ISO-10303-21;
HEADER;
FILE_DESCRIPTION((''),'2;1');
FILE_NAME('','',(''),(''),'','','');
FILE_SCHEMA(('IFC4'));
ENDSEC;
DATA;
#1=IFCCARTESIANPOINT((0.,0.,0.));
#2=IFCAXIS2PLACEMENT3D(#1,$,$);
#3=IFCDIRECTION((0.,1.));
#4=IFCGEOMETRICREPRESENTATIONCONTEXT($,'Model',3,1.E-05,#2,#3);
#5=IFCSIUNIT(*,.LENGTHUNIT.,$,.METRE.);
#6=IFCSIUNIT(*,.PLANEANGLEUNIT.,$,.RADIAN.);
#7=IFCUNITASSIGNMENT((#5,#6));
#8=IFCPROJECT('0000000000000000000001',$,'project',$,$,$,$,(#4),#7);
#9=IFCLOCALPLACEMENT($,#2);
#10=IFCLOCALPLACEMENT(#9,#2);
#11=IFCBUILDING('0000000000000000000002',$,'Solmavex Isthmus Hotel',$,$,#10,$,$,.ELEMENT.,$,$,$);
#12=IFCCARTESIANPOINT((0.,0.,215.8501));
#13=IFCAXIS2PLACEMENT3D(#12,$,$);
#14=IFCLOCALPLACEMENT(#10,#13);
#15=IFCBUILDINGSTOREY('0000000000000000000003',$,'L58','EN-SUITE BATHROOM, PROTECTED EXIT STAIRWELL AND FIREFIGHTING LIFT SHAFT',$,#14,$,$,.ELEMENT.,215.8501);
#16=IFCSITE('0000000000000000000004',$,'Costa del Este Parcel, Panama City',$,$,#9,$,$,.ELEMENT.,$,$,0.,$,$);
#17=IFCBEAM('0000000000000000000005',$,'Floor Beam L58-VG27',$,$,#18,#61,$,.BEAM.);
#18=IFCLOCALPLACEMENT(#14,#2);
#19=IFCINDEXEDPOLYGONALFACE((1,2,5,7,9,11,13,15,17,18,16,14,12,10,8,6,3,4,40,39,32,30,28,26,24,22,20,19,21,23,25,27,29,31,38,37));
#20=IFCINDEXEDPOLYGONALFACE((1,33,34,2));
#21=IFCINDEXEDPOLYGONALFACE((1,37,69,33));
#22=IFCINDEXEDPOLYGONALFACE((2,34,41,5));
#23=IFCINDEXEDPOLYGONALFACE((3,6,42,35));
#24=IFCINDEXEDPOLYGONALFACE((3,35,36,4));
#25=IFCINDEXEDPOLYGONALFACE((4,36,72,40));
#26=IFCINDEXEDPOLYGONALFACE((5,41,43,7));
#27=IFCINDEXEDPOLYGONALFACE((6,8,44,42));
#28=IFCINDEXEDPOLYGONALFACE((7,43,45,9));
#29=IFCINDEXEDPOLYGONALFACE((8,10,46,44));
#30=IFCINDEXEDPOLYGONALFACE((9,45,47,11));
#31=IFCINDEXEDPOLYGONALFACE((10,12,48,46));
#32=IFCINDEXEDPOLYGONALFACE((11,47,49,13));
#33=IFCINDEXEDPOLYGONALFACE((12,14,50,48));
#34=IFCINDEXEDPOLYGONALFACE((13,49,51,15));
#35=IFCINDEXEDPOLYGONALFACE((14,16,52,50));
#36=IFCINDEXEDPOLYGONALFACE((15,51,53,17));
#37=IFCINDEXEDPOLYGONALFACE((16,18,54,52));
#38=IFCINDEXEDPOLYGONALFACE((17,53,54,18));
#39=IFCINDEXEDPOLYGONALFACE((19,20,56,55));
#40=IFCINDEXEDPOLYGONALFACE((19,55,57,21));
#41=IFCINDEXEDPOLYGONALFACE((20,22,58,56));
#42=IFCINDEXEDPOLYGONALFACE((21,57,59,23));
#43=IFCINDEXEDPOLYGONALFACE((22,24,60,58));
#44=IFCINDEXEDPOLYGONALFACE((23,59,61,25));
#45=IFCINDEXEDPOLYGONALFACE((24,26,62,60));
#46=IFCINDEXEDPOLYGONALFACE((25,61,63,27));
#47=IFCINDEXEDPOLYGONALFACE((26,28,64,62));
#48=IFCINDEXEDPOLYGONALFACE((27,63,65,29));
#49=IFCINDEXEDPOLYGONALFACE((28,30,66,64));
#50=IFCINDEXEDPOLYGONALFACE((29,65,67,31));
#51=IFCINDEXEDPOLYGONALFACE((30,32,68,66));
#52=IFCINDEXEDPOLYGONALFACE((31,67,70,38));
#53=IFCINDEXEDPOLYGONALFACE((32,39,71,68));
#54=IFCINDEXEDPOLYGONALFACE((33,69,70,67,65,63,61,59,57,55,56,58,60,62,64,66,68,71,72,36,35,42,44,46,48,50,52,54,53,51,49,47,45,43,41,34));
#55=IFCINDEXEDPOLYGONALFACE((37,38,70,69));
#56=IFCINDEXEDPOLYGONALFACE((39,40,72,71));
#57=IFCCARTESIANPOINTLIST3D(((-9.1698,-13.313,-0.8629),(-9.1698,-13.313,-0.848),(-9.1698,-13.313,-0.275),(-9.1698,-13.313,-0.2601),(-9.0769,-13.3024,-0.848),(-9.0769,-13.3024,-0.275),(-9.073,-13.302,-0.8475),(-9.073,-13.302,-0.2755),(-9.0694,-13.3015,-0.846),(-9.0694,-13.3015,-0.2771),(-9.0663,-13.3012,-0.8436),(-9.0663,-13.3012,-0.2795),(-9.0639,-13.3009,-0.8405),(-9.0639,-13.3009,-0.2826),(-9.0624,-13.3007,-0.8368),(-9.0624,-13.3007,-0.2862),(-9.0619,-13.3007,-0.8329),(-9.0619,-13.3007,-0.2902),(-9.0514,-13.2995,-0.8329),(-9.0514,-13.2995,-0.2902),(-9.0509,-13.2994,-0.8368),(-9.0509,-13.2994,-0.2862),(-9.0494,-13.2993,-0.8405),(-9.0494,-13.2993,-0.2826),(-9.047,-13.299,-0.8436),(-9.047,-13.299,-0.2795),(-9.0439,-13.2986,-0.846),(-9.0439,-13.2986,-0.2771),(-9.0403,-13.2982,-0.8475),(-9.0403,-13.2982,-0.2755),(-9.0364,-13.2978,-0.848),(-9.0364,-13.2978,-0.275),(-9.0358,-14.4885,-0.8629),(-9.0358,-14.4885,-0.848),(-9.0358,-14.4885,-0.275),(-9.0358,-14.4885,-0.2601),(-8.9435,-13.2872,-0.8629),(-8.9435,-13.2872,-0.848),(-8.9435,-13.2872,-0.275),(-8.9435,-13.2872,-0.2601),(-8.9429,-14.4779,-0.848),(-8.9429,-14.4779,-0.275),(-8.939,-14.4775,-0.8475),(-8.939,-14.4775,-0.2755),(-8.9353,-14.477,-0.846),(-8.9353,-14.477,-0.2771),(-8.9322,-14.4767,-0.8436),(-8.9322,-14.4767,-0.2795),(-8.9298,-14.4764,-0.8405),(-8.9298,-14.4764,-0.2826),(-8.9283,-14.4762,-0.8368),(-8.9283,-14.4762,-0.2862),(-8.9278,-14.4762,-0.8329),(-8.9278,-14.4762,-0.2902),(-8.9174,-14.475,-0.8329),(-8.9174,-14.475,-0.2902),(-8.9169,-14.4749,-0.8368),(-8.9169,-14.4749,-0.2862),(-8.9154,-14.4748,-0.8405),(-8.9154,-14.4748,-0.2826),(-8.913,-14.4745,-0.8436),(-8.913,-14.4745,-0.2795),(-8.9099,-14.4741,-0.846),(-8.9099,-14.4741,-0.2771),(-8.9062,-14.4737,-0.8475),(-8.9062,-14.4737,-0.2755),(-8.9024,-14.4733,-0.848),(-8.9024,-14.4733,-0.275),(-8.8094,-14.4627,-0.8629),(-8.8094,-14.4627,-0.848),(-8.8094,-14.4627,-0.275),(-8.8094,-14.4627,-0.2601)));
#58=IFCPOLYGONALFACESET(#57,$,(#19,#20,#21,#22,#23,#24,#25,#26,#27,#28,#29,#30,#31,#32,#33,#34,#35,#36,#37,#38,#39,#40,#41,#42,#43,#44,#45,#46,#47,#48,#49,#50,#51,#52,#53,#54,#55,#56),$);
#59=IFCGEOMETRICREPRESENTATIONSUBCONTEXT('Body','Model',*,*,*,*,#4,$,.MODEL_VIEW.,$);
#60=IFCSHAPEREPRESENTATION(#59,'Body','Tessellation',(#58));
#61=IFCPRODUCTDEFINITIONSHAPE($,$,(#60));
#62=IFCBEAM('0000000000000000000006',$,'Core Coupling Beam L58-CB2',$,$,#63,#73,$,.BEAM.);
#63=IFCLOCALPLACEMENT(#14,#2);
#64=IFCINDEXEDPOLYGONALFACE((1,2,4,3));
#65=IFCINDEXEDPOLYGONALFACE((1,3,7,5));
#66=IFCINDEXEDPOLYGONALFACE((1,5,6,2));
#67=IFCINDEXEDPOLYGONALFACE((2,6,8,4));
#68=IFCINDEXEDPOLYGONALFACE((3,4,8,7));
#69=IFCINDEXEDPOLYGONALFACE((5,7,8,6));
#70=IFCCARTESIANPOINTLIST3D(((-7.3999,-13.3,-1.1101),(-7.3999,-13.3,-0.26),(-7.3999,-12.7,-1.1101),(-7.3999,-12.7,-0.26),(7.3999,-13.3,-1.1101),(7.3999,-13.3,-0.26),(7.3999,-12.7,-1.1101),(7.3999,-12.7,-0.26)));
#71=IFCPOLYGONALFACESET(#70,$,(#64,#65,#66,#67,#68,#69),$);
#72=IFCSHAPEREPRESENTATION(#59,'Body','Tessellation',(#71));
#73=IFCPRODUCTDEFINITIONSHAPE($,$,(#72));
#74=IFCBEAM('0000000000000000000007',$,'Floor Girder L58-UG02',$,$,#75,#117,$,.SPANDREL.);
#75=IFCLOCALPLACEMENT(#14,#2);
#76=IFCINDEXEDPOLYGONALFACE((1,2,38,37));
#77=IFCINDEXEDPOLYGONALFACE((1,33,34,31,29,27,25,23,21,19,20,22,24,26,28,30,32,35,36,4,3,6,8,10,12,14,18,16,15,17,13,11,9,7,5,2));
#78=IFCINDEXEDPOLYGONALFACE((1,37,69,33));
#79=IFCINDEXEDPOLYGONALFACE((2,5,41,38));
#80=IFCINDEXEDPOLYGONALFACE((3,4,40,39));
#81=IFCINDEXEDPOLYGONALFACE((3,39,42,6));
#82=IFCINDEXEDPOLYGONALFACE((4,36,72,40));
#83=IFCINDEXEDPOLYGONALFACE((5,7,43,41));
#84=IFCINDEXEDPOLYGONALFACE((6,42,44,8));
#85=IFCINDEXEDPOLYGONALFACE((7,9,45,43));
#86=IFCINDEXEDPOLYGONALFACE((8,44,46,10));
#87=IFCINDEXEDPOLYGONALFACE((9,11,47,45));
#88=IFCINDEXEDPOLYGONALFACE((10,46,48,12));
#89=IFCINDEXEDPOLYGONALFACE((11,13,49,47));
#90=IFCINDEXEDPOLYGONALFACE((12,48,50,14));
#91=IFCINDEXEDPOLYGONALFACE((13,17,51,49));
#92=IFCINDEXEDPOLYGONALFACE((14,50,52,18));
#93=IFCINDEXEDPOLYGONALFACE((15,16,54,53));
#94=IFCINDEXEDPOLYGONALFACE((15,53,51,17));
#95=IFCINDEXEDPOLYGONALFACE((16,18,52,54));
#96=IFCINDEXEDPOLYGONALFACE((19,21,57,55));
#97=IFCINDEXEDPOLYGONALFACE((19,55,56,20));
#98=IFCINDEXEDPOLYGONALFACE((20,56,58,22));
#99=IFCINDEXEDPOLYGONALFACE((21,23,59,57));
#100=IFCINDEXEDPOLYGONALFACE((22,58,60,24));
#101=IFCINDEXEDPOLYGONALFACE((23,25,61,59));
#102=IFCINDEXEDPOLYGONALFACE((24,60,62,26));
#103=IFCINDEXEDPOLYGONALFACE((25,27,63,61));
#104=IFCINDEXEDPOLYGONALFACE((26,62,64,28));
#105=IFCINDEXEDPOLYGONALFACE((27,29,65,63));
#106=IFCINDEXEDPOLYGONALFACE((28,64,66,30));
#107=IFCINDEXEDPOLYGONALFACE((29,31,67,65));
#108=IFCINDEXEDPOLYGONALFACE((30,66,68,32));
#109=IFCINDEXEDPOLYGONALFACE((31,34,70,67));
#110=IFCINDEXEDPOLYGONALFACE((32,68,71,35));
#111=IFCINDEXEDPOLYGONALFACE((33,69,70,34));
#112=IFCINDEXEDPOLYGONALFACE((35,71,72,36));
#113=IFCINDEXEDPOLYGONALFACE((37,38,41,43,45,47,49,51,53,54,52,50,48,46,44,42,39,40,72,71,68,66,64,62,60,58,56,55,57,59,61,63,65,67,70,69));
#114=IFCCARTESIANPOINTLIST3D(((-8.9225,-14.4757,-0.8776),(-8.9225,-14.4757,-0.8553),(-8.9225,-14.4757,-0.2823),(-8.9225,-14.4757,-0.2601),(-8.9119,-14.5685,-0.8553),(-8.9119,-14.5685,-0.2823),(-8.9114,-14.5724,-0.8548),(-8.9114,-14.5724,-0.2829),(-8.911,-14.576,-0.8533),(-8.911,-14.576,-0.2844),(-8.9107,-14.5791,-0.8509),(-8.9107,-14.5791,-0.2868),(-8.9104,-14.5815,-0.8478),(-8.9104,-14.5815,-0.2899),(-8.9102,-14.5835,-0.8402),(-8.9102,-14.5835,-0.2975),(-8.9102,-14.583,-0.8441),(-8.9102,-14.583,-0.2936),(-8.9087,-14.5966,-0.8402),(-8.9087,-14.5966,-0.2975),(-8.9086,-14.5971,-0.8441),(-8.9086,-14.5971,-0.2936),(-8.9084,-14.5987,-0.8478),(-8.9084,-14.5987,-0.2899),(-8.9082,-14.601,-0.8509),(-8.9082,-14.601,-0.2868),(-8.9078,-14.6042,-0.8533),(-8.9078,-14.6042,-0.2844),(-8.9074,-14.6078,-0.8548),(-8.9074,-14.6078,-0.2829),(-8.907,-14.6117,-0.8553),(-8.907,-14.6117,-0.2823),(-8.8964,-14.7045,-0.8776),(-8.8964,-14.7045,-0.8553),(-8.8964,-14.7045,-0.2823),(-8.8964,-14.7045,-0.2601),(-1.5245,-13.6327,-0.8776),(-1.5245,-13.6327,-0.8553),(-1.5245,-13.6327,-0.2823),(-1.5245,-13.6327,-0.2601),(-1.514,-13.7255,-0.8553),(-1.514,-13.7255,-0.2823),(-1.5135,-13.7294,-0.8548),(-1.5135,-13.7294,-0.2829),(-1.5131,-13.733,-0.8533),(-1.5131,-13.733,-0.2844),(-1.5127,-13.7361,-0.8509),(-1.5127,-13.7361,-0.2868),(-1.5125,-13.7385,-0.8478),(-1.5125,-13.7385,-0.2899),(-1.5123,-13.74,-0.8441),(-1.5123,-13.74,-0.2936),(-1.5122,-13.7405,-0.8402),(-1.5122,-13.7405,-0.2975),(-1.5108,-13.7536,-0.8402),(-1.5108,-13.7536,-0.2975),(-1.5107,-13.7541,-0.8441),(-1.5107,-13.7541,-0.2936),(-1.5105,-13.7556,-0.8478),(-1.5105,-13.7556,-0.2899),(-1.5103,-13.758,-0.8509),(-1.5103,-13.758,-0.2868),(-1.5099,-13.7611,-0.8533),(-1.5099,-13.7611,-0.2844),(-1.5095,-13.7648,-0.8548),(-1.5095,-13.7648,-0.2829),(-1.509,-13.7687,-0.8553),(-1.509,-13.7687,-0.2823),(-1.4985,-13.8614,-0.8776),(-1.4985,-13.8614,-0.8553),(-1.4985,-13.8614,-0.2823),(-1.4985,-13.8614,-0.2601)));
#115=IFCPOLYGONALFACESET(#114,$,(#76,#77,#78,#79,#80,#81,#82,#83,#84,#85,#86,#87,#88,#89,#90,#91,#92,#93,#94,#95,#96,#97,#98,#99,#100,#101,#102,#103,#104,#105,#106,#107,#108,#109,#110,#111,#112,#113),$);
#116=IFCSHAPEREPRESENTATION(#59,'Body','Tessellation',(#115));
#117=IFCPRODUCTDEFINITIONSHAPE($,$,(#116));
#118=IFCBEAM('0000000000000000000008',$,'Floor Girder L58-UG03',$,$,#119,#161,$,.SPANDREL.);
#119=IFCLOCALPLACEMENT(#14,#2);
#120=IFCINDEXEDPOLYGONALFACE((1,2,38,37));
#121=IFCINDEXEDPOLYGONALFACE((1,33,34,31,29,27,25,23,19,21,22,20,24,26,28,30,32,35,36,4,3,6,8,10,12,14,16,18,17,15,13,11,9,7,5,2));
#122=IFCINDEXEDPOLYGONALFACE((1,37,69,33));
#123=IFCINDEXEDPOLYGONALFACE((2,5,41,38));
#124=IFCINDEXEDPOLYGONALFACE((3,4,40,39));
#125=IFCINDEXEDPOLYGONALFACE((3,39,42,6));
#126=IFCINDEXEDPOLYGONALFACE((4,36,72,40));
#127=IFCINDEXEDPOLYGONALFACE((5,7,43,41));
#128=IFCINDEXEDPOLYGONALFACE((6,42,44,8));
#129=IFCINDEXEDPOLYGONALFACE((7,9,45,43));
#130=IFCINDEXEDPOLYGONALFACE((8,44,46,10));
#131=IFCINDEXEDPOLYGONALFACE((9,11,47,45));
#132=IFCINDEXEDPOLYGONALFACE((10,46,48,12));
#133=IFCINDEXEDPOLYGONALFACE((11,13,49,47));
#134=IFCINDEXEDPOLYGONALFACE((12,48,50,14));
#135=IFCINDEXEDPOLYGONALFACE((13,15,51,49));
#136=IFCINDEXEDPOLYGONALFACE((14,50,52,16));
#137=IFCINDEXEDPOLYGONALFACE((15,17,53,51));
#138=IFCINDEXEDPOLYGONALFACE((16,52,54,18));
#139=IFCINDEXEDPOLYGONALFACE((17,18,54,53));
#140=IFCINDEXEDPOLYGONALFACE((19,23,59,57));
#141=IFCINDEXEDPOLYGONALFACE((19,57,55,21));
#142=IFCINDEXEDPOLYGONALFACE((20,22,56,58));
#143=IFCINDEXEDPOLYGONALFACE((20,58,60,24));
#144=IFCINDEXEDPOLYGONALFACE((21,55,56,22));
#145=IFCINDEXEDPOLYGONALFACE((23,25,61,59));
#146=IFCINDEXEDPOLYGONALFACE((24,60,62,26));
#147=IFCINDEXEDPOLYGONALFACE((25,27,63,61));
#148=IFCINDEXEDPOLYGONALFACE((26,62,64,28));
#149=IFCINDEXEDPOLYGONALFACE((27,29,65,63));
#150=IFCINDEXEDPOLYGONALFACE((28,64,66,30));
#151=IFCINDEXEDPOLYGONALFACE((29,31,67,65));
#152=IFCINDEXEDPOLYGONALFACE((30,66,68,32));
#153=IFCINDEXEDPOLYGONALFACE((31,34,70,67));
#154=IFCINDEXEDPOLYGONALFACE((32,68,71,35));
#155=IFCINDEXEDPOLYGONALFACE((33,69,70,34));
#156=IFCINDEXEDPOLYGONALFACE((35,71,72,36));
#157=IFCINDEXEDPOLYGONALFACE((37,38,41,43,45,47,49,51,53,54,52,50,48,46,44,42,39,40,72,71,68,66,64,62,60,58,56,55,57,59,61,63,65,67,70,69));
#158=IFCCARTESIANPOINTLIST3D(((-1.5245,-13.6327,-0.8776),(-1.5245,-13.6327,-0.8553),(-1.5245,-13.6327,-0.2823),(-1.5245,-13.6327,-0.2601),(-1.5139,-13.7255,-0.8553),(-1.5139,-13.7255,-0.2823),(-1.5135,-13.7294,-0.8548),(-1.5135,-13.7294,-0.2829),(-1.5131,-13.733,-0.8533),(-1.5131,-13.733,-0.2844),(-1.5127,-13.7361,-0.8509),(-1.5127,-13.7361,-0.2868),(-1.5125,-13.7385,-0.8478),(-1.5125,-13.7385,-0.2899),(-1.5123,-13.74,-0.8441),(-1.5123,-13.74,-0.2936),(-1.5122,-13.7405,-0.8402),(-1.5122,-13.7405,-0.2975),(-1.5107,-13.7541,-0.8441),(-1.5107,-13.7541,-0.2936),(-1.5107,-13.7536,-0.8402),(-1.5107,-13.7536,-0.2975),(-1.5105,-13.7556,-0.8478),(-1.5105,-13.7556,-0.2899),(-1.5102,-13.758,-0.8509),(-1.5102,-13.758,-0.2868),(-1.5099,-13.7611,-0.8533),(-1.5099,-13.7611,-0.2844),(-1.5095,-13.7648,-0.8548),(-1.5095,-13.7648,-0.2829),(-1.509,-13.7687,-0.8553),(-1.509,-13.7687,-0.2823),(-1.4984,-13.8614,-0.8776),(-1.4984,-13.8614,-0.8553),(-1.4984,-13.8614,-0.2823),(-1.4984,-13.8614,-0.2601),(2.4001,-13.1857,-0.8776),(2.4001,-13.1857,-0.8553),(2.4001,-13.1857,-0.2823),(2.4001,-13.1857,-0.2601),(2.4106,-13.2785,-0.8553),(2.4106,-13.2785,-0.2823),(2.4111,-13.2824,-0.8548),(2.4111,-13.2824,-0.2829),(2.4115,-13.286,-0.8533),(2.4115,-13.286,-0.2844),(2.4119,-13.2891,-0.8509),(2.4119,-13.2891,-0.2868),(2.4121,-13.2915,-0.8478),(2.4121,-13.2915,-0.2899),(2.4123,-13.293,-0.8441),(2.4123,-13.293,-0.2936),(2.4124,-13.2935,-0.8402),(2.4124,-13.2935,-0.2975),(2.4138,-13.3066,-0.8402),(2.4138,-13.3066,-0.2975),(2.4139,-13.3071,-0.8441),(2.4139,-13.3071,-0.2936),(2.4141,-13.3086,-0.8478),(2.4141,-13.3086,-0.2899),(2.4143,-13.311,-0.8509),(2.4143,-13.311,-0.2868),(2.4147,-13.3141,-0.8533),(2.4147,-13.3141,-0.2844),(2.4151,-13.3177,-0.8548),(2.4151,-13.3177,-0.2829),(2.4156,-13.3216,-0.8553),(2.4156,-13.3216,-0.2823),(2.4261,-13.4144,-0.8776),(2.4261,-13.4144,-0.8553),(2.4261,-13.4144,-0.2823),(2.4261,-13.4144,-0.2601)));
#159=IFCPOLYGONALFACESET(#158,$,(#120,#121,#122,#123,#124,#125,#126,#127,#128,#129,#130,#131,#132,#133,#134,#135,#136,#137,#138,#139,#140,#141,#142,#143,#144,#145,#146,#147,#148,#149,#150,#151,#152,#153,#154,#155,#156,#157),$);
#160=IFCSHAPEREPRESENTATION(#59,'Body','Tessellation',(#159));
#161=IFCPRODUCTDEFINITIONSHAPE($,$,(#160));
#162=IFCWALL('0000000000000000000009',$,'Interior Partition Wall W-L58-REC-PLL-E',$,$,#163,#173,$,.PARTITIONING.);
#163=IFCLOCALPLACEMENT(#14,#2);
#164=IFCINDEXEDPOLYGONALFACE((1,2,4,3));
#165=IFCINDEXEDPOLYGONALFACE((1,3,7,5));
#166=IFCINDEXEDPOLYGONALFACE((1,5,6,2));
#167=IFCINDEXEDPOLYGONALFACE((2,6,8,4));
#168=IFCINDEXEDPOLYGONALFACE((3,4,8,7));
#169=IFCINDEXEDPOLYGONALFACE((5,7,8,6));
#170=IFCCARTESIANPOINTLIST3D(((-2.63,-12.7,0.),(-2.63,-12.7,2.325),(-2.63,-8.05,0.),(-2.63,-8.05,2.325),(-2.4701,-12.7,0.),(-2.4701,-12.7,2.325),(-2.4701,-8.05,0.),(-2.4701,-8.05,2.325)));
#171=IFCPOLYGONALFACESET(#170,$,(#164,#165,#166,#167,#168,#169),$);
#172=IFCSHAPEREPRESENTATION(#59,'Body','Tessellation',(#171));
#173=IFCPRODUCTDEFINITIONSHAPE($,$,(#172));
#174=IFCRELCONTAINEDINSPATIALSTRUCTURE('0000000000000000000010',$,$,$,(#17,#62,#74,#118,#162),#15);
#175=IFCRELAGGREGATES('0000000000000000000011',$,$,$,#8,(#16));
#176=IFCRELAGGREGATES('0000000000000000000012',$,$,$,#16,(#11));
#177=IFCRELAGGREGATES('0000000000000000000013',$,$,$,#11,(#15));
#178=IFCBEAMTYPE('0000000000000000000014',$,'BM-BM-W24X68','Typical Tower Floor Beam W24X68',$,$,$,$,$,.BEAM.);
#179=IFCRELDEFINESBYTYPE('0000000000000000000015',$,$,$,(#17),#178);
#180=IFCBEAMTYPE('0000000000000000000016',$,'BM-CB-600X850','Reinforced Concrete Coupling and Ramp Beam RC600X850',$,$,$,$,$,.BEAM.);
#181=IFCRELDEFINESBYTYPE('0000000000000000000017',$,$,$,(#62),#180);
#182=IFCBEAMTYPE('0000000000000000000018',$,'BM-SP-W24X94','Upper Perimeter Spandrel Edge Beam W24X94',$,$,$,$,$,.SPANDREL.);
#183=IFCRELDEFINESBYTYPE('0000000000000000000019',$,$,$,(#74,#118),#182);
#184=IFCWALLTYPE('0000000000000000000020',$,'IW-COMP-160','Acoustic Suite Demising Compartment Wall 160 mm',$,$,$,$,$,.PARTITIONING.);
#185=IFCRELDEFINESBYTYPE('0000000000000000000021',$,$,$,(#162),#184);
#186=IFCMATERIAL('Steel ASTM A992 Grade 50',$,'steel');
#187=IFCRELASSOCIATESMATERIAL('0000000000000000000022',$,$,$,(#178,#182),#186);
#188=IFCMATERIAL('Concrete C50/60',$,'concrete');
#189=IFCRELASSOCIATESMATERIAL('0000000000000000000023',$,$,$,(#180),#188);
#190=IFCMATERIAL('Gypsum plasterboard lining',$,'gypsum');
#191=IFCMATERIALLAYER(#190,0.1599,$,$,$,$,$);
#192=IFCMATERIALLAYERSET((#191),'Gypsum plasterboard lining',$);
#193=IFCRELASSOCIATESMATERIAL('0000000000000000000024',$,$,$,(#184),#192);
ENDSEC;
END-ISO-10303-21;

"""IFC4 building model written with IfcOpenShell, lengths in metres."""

from ifc_helpers import new_model, si_unit, direction, frame, frame_2d, origin, origin_2d, place, context, subcontext, project, spatial, rectangle, i_section, extrude, material, layer, layer_set, material_profile, profile_set, type_object, element, save


model = new_model("IFC4")

# Units and contexts
model_context = context("Model", 3, precision=1e-05, world=origin(), true_north=direction((0.0, 1.0)))
body_context = subcontext(model_context, "Body", "Model", "MODEL_VIEW")
ifc_project = project(units=[si_unit("LENGTHUNIT", "METRE"), si_unit("PLANEANGLEUNIT", "RADIAN")], contexts=[model_context])

# Site, building, storey
site_placement = place(None, origin())
site = spatial("IfcSite", under=ifc_project, at=site_placement, Name="Costa del Este Parcel, Panama City", CompositionType="ELEMENT", RefElevation=0.0)
building_placement = place(site_placement, origin())
building = spatial("IfcBuilding", under=site, at=building_placement, Name="Solmavex Isthmus Hotel", CompositionType="ELEMENT")
storey_placement = place(building_placement, frame((0.0, 0.0, 215.8501)))
storey = spatial("IfcBuildingStorey", under=building, at=storey_placement, Name="L58", Description="EN-SUITE BATHROOM, PROTECTED EXIT STAIRWELL AND FIREFIGHTING LIFT SHAFT", CompositionType="ELEMENT", Elevation=215.8501)

# Shared definitions
ifc_material_1 = material(Name="Concrete C50/60", Category="concrete")

# Beams
ifc_material_2 = material(Name="Steel ASTM A992 Grade 50", Category="steel")
ifc_material_profile_1 = material_profile(ifc_material_2, i_section(OverallWidth=0.2278, OverallDepth=0.6028, WebThickness=0.0105, FlangeThickness=0.0149, FilletRadius=0.0151, at=origin_2d()), Name="W24X68")
ifc_profile_set_1 = profile_set([ifc_material_profile_1], Name="Steel ASTM A992 Grade 50")
beam_type_1 = type_object("IfcBeamType", Name="BM-BM-W24X68", Description="Typical Tower Floor Beam W24X68", PredefinedType="BEAM", material=ifc_profile_set_1)
beam_1_placement = place(storey_placement, frame((-8.9226, -14.4756, -0.5615), z_axis=(-0.113285, 0.993563, 0.0), x_axis=(-0.993563, -0.113285, 0.0)))
element("IfcBeam", 1, at=beam_1_placement, inside=storey, type_object=beam_type_1, Name="Floor Beam L58-VG27", PredefinedType="BEAM", context=body_context, shape_type="SweptSolid", body=[
    extrude(i_section(OverallWidth=0.2278, OverallDepth=0.6028, WebThickness=0.0105, FlangeThickness=0.0149, FilletRadius=0.0151, at=origin_2d()), origin(), (0.0, 0.0, 1.0), 1.1831),
])
ifc_material_profile_2 = material_profile(ifc_material_1, rectangle(XDim=0.6001, YDim=0.8501, at=origin_2d()), Name="RC600X850")
ifc_profile_set_2 = profile_set([ifc_material_profile_2], Name="Concrete C50/60")
beam_type_2 = type_object("IfcBeamType", Name="BM-CB-600X850", Description="Reinforced Concrete Coupling and Ramp Beam RC600X850", PredefinedType="BEAM", material=ifc_profile_set_2)
beam_2_placement = place(storey_placement, frame((-7.3999, -13.0, -0.6851), z_axis=(1.0, 0.0, 0.0), x_axis=(0.0, 1.0, 0.0)))
element("IfcBeam", 2, at=beam_2_placement, inside=storey, type_object=beam_type_2, Name="Core Coupling Beam L58-CB2", PredefinedType="BEAM", context=body_context, shape_type="SweptSolid", body=[
    extrude(rectangle(XDim=0.6001, YDim=0.8501, at=origin_2d()), origin(), (0.0, 0.0, 1.0), 14.7998),
])
ifc_material_profile_3 = material_profile(ifc_material_2, i_section(OverallWidth=0.2302, OverallDepth=0.6174, WebThickness=0.0132, FlangeThickness=0.0222, FilletRadius=0.0151, at=origin_2d()), Name="W24X94")
ifc_profile_set_3 = profile_set([ifc_material_profile_3], Name="Steel ASTM A992 Grade 50")
beam_type_3 = type_object("IfcBeamType", Name="BM-SP-W24X94", Description="Upper Perimeter Spandrel Edge Beam W24X94", PredefinedType="SPANDREL", material=ifc_profile_set_3)
beam_3_placement = place(storey_placement, frame((-8.9094, -14.5901, -0.5688), z_axis=(0.99357, 0.11322, 0.0), x_axis=(-0.11322, 0.99357, 0.0)))
element("IfcBeam", 3, at=beam_3_placement, inside=storey, type_object=beam_type_3, Name="Floor Girder L58-UG02", PredefinedType="SPANDREL", context=body_context, shape_type="SweptSolid", body=[
    extrude(i_section(OverallWidth=0.2302, OverallDepth=0.6174, WebThickness=0.0132, FlangeThickness=0.0222, FilletRadius=0.0151, at=origin_2d()), origin(), (0.0, 0.0, 1.0), 7.4458),
])
beam_4_placement = place(storey_placement, frame((-1.5115, -13.7471, -0.5688), z_axis=(0.993575, 0.113172, 0.0), x_axis=(-0.113172, 0.993575, 0.0)))
element("IfcBeam", 4, at=beam_4_placement, inside=storey, type_object=beam_type_3, Name="Floor Girder L58-UG03", PredefinedType="SPANDREL", context=body_context, shape_type="SweptSolid", body=[
    extrude(i_section(OverallWidth=0.2302, OverallDepth=0.6174, WebThickness=0.0132, FlangeThickness=0.0222, FilletRadius=0.0151, at=origin_2d()), origin(), (0.0, 0.0, 1.0), 3.95),
])

# Wall
ifc_material_3 = material(Name="Gypsum plasterboard lining", Category="gypsum")
ifc_layer_1 = layer(ifc_material_3, 0.1599)
ifc_layer_set_1 = layer_set([ifc_layer_1], Name="Gypsum plasterboard lining")
wall_type_1 = type_object("IfcWallType", Name="IW-COMP-160", Description="Acoustic Suite Demising Compartment Wall 160 mm", PredefinedType="PARTITIONING", material=ifc_layer_set_1)
wall_1_placement = place(storey_placement, frame((-2.55, -12.7, 0.0), z_axis=(0.0, 0.0, 1.0), x_axis=(0.0, 1.0, 0.0)))
element("IfcWall", 5, at=wall_1_placement, inside=storey, type_object=wall_type_1, Name="Interior Partition Wall W-L58-REC-PLL-E", PredefinedType="PARTITIONING", context=body_context, shape_type="SweptSolid", body=[
    extrude(rectangle(XDim=4.6499, YDim=0.1599, at=frame_2d((2.325, 0.0))), origin(), (0.0, 0.0, 1.0), 2.325),
])

save(model, "model.ifc")
